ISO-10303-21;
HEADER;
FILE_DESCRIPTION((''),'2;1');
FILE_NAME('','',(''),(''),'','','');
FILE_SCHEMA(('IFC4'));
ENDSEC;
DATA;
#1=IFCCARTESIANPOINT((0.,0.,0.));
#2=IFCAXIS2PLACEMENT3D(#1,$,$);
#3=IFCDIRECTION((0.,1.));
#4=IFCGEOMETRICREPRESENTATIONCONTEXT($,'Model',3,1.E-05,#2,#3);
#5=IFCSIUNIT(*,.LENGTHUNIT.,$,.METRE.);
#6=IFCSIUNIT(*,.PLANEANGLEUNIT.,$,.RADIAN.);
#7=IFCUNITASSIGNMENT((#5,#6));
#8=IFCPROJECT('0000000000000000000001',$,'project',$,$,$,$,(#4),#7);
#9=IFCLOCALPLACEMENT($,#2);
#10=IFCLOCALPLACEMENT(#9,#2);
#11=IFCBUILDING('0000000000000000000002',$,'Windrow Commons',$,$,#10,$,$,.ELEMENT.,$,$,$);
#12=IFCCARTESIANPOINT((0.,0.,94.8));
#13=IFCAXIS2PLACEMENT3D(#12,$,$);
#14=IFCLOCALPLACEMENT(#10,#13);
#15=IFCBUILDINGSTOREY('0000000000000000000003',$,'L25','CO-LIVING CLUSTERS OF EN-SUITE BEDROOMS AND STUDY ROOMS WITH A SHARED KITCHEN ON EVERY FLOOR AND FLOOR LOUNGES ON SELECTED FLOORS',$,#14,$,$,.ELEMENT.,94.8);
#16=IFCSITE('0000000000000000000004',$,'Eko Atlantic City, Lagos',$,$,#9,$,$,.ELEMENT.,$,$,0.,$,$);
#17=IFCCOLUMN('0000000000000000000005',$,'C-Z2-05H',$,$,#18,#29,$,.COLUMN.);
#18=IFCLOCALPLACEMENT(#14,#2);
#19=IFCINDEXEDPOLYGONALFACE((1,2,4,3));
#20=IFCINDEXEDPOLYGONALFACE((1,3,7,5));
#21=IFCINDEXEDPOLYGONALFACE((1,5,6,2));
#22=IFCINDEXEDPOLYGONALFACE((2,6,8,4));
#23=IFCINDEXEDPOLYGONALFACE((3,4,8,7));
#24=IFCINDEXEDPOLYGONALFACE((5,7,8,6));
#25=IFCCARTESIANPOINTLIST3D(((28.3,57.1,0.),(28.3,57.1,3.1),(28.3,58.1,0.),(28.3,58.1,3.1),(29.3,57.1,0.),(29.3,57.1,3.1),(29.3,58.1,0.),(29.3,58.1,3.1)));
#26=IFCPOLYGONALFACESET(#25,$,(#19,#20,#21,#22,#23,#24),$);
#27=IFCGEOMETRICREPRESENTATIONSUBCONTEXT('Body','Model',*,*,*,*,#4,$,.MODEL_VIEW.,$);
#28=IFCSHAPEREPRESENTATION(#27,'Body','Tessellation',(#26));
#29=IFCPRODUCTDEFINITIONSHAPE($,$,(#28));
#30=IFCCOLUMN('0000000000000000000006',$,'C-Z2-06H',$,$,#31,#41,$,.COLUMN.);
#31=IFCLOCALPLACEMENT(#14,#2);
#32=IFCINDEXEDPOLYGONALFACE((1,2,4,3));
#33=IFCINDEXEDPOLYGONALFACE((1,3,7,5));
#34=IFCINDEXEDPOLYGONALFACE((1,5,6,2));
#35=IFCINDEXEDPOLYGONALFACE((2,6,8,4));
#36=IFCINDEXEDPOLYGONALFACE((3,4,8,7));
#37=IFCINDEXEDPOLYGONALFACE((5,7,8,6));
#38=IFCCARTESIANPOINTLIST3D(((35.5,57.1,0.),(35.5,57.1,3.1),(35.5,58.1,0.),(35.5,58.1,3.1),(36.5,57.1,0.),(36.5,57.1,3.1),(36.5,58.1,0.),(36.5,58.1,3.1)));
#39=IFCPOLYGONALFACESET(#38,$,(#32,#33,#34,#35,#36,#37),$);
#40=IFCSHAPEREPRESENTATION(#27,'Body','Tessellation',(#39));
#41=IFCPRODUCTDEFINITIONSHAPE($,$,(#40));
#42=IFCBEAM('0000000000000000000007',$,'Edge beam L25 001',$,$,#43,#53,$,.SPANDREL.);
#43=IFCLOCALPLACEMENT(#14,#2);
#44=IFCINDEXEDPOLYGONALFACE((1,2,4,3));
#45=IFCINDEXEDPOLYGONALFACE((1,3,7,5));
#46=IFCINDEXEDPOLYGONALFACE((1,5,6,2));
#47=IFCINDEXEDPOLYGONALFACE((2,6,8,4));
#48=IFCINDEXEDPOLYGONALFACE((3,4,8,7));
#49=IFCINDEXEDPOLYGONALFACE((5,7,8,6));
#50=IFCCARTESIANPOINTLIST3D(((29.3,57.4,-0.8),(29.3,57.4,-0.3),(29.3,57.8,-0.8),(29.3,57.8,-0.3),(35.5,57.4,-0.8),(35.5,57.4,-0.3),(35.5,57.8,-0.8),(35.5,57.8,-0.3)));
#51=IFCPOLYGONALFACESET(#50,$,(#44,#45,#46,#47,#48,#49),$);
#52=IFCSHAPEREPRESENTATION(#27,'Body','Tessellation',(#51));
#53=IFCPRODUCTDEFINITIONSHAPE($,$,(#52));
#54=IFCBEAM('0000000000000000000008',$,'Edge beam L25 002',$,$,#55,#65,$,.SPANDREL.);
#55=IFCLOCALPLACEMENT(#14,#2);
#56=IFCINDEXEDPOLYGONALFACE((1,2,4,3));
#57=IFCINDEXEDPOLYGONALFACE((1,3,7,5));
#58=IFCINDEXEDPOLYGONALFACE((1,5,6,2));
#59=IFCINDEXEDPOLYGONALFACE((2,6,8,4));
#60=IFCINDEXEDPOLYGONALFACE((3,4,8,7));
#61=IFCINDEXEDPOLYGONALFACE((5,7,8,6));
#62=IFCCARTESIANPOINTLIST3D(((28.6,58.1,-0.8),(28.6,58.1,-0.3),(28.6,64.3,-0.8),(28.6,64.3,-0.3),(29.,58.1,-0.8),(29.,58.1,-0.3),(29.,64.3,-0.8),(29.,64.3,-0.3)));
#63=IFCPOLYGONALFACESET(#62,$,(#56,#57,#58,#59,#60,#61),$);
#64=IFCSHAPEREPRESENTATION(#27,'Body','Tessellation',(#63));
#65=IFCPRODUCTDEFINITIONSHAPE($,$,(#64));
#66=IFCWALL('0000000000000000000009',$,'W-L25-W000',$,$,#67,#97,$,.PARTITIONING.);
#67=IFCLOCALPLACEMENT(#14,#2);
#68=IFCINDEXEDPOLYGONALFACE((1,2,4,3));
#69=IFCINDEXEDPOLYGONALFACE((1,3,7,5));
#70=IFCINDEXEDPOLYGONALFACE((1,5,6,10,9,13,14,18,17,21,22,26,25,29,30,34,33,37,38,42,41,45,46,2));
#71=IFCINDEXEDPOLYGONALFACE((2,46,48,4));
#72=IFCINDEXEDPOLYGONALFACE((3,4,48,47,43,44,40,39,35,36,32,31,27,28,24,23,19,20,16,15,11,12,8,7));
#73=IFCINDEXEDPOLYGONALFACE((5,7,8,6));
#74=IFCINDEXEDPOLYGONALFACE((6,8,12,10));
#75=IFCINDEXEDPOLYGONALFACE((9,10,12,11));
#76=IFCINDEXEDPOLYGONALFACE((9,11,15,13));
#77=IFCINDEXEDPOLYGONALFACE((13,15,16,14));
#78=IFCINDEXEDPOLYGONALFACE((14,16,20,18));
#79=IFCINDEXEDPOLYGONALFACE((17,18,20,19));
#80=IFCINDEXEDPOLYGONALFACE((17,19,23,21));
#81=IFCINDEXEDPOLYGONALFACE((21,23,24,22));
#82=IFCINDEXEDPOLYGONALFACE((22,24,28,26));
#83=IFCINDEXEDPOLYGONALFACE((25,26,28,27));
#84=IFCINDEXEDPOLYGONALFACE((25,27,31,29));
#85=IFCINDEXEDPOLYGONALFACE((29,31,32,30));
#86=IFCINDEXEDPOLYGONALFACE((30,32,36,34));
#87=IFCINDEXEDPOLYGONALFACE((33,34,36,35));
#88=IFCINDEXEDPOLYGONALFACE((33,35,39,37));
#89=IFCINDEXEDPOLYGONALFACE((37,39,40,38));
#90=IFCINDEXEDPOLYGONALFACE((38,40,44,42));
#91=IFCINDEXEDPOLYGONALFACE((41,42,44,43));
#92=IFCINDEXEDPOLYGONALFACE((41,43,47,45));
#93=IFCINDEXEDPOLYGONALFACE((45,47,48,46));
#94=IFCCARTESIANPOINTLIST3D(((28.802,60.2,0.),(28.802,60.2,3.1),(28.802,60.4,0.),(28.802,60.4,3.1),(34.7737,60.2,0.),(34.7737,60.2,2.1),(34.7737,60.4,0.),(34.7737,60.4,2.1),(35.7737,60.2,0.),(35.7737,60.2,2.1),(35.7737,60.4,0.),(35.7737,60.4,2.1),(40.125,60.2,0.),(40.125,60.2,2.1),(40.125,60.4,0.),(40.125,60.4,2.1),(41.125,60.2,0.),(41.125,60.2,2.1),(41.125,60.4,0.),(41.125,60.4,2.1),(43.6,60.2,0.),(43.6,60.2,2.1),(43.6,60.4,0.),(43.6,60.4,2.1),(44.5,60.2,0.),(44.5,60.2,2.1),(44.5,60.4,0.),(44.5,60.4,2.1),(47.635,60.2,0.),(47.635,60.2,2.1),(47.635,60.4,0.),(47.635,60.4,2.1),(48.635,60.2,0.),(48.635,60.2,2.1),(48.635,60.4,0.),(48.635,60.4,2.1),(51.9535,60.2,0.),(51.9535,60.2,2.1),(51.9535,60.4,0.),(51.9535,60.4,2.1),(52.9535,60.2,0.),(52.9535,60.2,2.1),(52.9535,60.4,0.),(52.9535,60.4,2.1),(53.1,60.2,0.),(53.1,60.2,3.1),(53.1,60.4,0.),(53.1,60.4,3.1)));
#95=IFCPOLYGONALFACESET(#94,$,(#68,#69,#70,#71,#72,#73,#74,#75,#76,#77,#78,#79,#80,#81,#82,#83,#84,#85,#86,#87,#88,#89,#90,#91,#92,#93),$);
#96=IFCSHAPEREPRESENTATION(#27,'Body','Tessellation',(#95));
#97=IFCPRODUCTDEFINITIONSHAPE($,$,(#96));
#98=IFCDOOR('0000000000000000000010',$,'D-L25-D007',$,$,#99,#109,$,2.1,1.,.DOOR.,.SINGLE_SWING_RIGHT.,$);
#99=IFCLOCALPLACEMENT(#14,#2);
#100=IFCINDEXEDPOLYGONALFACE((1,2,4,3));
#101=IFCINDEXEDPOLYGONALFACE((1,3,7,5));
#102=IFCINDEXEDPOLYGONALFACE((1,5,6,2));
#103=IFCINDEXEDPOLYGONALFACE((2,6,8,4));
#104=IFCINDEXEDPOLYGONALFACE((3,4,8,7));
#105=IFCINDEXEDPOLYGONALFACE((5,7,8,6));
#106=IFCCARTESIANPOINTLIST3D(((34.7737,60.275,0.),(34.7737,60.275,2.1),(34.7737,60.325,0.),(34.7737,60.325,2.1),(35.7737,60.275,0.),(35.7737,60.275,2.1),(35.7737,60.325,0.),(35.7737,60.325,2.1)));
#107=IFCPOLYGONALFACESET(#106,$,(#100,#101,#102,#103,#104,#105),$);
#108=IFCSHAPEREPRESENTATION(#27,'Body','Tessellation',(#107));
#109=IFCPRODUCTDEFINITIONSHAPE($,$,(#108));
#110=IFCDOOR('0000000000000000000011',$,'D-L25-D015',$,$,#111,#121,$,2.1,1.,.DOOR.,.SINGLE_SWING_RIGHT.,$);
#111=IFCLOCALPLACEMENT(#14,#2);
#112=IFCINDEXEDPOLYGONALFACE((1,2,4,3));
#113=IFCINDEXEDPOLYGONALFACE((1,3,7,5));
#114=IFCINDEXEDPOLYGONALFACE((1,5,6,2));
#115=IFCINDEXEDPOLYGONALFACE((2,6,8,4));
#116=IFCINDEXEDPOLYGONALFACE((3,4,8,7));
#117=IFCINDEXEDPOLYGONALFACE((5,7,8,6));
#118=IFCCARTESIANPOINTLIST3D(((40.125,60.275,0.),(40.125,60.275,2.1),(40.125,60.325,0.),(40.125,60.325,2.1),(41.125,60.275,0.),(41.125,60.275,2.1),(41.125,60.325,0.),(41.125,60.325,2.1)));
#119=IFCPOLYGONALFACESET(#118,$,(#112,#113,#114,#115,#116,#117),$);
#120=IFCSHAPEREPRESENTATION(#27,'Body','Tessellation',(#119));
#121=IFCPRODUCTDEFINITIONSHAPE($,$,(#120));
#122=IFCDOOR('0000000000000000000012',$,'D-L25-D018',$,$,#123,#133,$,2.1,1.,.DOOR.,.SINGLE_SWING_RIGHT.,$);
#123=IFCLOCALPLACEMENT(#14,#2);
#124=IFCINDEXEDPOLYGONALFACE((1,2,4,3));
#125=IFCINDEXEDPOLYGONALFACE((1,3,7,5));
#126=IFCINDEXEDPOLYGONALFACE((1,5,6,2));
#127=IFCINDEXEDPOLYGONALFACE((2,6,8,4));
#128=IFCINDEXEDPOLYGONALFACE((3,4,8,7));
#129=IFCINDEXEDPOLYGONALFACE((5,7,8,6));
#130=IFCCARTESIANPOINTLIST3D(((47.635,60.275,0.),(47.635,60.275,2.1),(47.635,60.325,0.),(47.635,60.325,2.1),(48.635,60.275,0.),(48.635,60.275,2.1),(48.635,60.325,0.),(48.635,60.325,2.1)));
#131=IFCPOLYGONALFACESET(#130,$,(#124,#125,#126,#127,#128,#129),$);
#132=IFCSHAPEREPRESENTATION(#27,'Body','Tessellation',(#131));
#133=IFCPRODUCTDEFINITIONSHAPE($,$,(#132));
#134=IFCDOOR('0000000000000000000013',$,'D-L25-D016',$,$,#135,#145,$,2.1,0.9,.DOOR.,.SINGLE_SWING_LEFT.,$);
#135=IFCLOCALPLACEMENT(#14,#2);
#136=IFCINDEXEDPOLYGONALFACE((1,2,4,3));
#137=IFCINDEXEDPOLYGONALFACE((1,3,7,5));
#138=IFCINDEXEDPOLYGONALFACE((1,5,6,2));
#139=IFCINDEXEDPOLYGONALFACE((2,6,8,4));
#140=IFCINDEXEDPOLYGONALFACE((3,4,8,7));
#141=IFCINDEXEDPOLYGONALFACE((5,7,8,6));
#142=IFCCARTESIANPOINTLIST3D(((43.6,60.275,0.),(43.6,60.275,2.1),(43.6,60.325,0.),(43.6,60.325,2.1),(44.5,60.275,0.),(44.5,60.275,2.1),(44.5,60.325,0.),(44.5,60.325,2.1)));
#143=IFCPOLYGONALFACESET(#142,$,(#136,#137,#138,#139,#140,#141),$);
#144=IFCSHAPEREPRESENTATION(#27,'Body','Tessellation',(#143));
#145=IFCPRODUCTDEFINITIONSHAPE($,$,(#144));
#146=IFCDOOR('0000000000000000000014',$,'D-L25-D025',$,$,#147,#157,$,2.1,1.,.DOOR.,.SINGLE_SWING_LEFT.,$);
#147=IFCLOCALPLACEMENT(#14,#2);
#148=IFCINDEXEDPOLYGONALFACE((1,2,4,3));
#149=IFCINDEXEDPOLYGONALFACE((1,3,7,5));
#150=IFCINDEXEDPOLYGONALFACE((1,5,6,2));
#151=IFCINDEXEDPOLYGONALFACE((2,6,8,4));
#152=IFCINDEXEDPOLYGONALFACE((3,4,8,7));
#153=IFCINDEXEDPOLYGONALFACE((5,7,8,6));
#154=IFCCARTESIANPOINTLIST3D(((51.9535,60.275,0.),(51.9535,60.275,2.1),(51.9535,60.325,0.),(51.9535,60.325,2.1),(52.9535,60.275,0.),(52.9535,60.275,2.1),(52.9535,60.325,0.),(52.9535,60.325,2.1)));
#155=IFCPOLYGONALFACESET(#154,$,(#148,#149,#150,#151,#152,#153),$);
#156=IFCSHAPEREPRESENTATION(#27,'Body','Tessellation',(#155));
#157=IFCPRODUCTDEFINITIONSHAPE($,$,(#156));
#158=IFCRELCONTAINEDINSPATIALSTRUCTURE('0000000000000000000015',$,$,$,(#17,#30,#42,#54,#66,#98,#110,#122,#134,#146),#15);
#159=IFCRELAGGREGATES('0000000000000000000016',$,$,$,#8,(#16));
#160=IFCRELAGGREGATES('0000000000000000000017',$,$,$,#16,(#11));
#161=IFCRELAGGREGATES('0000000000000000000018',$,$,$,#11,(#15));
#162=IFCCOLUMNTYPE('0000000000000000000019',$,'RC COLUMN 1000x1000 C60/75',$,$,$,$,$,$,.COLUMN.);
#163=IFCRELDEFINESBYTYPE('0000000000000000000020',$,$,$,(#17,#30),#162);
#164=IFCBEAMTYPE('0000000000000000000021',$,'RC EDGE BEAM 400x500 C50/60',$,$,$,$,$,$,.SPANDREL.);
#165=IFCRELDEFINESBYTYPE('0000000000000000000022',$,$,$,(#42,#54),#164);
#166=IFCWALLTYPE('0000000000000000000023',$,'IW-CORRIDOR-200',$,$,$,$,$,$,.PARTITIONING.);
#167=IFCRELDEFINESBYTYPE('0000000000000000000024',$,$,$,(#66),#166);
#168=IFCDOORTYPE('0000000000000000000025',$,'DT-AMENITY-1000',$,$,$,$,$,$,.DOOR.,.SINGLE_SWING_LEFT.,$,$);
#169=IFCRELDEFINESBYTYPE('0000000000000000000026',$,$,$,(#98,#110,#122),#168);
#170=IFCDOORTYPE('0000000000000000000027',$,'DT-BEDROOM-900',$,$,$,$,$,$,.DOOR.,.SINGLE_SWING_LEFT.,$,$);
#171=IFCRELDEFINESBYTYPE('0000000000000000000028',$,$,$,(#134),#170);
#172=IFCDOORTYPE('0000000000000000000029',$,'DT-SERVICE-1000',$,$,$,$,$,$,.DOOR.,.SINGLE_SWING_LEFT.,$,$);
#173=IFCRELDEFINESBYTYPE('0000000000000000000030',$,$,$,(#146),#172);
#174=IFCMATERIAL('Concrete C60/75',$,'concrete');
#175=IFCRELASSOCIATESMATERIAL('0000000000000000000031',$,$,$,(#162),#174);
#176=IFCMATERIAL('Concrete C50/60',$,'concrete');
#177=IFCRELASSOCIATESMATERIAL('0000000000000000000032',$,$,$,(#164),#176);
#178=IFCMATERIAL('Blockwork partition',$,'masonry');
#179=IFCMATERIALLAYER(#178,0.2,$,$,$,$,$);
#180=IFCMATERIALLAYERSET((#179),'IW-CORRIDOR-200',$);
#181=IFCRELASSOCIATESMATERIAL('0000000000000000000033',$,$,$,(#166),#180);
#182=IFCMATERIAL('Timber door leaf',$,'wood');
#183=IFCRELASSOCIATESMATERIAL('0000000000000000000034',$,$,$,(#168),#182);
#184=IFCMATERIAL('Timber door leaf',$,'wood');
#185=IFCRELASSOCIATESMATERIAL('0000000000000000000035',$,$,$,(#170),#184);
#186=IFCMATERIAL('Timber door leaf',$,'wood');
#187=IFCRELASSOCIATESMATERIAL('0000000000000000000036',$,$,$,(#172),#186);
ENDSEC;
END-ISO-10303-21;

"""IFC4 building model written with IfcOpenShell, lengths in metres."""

from ifc_helpers import new_model, si_unit, direction, frame, frame_2d, origin, origin_2d, place, context, subcontext, project, spatial, rectangle, extrude, material, layer, layer_set, material_profile, profile_set, type_object, element, fill, save


model = new_model("IFC4")

# Units and contexts
model_context = context("Model", 3, precision=1e-05, world=origin(), true_north=direction((0.0, 1.0)))
body_context = subcontext(model_context, "Body", "Model", "MODEL_VIEW")
ifc_project = project(units=[si_unit("LENGTHUNIT", "METRE"), si_unit("PLANEANGLEUNIT", "RADIAN")], contexts=[model_context])

# Site, building, storey
site_placement = place(None, origin())
site = spatial("IfcSite", under=ifc_project, at=site_placement, Name="Eko Atlantic City, Lagos", CompositionType="ELEMENT", RefElevation=0.0)
building_placement = place(site_placement, origin())
building = spatial("IfcBuilding", under=site, at=building_placement, Name="Windrow Commons", CompositionType="ELEMENT")
storey_placement = place(building_placement, frame((0.0, 0.0, 94.8)))
storey = spatial("IfcBuildingStorey", under=building, at=storey_placement, Name="L25", Description="CO-LIVING CLUSTERS OF EN-SUITE BEDROOMS AND STUDY ROOMS WITH A SHARED KITCHEN ON EVERY FLOOR AND FLOOR LOUNGES ON SELECTED FLOORS", CompositionType="ELEMENT", Elevation=94.8)

# Columns
ifc_material_1 = material(Name="Concrete C60/75", Category="concrete")
ifc_material_profile_1 = material_profile(ifc_material_1, rectangle(XDim=1.0, YDim=1.0, at=origin_2d()))
ifc_profile_set_1 = profile_set([ifc_material_profile_1], Name="Concrete C60/75")
column_type = type_object("IfcColumnType", Name="RC COLUMN 1000x1000 C60/75", PredefinedType="COLUMN", material=ifc_profile_set_1)
for number, where, z_axis, x_axis, name in (
    (1, (28.8, 57.6, 0.0), (0.0, 0.0, 1.0), (1.0, 0.0, 0.0), "C-Z2-05H"),
    (2, (36.0, 57.6, 0.0), (0.0, 0.0, 1.0), (1.0, 0.0, 0.0), "C-Z2-06H"),
):
    element("IfcColumn", number, at=place(storey_placement, frame(where, z_axis=z_axis, x_axis=x_axis)), inside=storey, type_object=column_type, Name=name, PredefinedType="COLUMN", context=body_context, shape_type="SweptSolid", body=[
        extrude(rectangle(XDim=1.0, YDim=1.0, at=origin_2d()), origin(), (0.0, 0.0, 1.0), 3.1),
    ])

# Beams
ifc_material_2 = material(Name="Concrete C50/60", Category="concrete")
ifc_material_profile_2 = material_profile(ifc_material_2, rectangle(XDim=0.4, YDim=0.5, at=origin_2d()))
ifc_profile_set_2 = profile_set([ifc_material_profile_2], Name="Concrete C50/60")
beam_type = type_object("IfcBeamType", Name="RC EDGE BEAM 400x500 C50/60", PredefinedType="SPANDREL", material=ifc_profile_set_2)
for number, where, z_axis, x_axis, name in (
    (3, (35.5, 57.6, -0.55), (-1.0, 0.0, 0.0), (0.0, -1.0, 0.0), "Edge beam L25 001"),
    (4, (28.8, 58.1, -0.55), (0.0, 1.0, 0.0), (-1.0, 0.0, 0.0), "Edge beam L25 002"),
):
    element("IfcBeam", number, at=place(storey_placement, frame(where, z_axis=z_axis, x_axis=x_axis)), inside=storey, type_object=beam_type, Name=name, PredefinedType="SPANDREL", context=body_context, shape_type="SweptSolid", body=[
        extrude(rectangle(XDim=0.4, YDim=0.5, at=origin_2d()), origin(), (0.0, 0.0, 1.0), 6.2),
    ])

# Wall, openings, doors
ifc_material_3 = material(Name="Blockwork partition", Category="masonry")
ifc_layer_1 = layer(ifc_material_3, 0.2)
ifc_layer_set_1 = layer_set([ifc_layer_1], Name="IW-CORRIDOR-200")
wall_type_1 = type_object("IfcWallType", Name="IW-CORRIDOR-200", PredefinedType="PARTITIONING", material=ifc_layer_set_1)
wall_1_placement = place(storey_placement, frame((28.802, 60.3, 0.0), z_axis=(0.0, 0.0, 1.0), x_axis=(1.0, 0.0, 0.0)))
wall_1 = element("IfcWall", 5, at=wall_1_placement, inside=storey, type_object=wall_type_1, Name="W-L25-W000", PredefinedType="PARTITIONING", context=body_context, shape_type="SweptSolid", body=[
    extrude(rectangle(XDim=24.298, YDim=0.2, at=frame_2d((12.149, 0.0))), origin(), (0.0, 0.0, 1.0), 3.1),
])
opening_1_placement = place(wall_1_placement, frame((5.9717, 0.0, 0.0)))
opening_1 = element("IfcOpeningElement", 6, at=opening_1_placement, cuts=wall_1, PredefinedType="OPENING", context=body_context, shape_type="SweptSolid", body=[
    extrude(rectangle(XDim=1.0, YDim=2.1, at=frame_2d((0.5, 1.05))), frame((0.0, 0.11, 0.0), z_axis=(0.0, -1.0, 0.0), x_axis=(1.0, 0.0, 0.0)), (0.0, 0.0, 1.0), 0.22),
])
opening_2_placement = place(wall_1_placement, frame((11.323, 0.0, 0.0)))
opening_2 = element("IfcOpeningElement", 7, at=opening_2_placement, cuts=wall_1, PredefinedType="OPENING", context=body_context, shape_type="SweptSolid", body=[
    extrude(rectangle(XDim=1.0, YDim=2.1, at=frame_2d((0.5, 1.05))), frame((0.0, 0.11, 0.0), z_axis=(0.0, -1.0, 0.0), x_axis=(1.0, 0.0, 0.0)), (0.0, 0.0, 1.0), 0.22),
])
opening_3_placement = place(wall_1_placement, frame((14.798, 0.0, 0.0)))
opening_3 = element("IfcOpeningElement", 8, at=opening_3_placement, cuts=wall_1, PredefinedType="OPENING", context=body_context, shape_type="SweptSolid", body=[
    extrude(rectangle(XDim=0.9, YDim=2.1, at=frame_2d((0.45, 1.05))), frame((0.0, 0.11, 0.0), z_axis=(0.0, -1.0, 0.0), x_axis=(1.0, 0.0, 0.0)), (0.0, 0.0, 1.0), 0.22),
])
opening_4_placement = place(wall_1_placement, frame((18.833, 0.0, 0.0)))
opening_4 = element("IfcOpeningElement", 9, at=opening_4_placement, cuts=wall_1, PredefinedType="OPENING", context=body_context, shape_type="SweptSolid", body=[
    extrude(rectangle(XDim=1.0, YDim=2.1, at=frame_2d((0.5, 1.05))), frame((0.0, 0.11, 0.0), z_axis=(0.0, -1.0, 0.0), x_axis=(1.0, 0.0, 0.0)), (0.0, 0.0, 1.0), 0.22),
])
opening_5_placement = place(wall_1_placement, frame((23.1515, 0.0, 0.0)))
opening_5 = element("IfcOpeningElement", 10, at=opening_5_placement, cuts=wall_1, PredefinedType="OPENING", context=body_context, shape_type="SweptSolid", body=[
    extrude(rectangle(XDim=1.0, YDim=2.1, at=frame_2d((0.5, 1.05))), frame((0.0, 0.11, 0.0), z_axis=(0.0, -1.0, 0.0), x_axis=(1.0, 0.0, 0.0)), (0.0, 0.0, 1.0), 0.22),
])
ifc_material_4 = material(Name="Timber door leaf", Category="wood")
door_type_1 = type_object("IfcDoorType", Name="DT-AMENITY-1000", OperationType="SINGLE_SWING_LEFT", PredefinedType="DOOR", material=ifc_material_4)
door_1_placement = place(opening_1_placement, origin())
door_1 = element("IfcDoor", 11, at=door_1_placement, inside=storey, type_object=door_type_1, Name="D-L25-D007", OperationType="SINGLE_SWING_RIGHT", OverallHeight=2.1, OverallWidth=1.0, PredefinedType="DOOR", context=body_context, shape_type="SweptSolid", body=[
    extrude(rectangle(XDim=1.0, YDim=2.1, at=frame_2d((0.5, 1.05))), frame((0.0, 0.025, 0.0), z_axis=(0.0, -1.0, 0.0), x_axis=(1.0, 0.0, 0.0)), (0.0, 0.0, 1.0), 0.05),
])
fill(opening_1, door_1)
door_2_placement = place(opening_2_placement, origin())
door_2 = element("IfcDoor", 12, at=door_2_placement, inside=storey, type_object=door_type_1, Name="D-L25-D015", OperationType="SINGLE_SWING_RIGHT", OverallHeight=2.1, OverallWidth=1.0, PredefinedType="DOOR", context=body_context, shape_type="SweptSolid", body=[
    extrude(rectangle(XDim=1.0, YDim=2.1, at=frame_2d((0.5, 1.05))), frame((0.0, 0.025, 0.0), z_axis=(0.0, -1.0, 0.0), x_axis=(1.0, 0.0, 0.0)), (0.0, 0.0, 1.0), 0.05),
])
fill(opening_2, door_2)
door_3_placement = place(opening_4_placement, origin())
door_3 = element("IfcDoor", 13, at=door_3_placement, inside=storey, type_object=door_type_1, Name="D-L25-D018", OperationType="SINGLE_SWING_RIGHT", OverallHeight=2.1, OverallWidth=1.0, PredefinedType="DOOR", context=body_context, shape_type="SweptSolid", body=[
    extrude(rectangle(XDim=1.0, YDim=2.1, at=frame_2d((0.5, 1.05))), frame((0.0, 0.025, 0.0), z_axis=(0.0, -1.0, 0.0), x_axis=(1.0, 0.0, 0.0)), (0.0, 0.0, 1.0), 0.05),
])
fill(opening_4, door_3)
ifc_material_5 = material(Name="Timber door leaf", Category="wood")
door_type_2 = type_object("IfcDoorType", Name="DT-BEDROOM-900", OperationType="SINGLE_SWING_LEFT", PredefinedType="DOOR", material=ifc_material_5)
door_4_placement = place(opening_3_placement, origin())
door_4 = element("IfcDoor", 14, at=door_4_placement, inside=storey, type_object=door_type_2, Name="D-L25-D016", OperationType="SINGLE_SWING_LEFT", OverallHeight=2.1, OverallWidth=0.9, PredefinedType="DOOR", context=body_context, shape_type="SweptSolid", body=[
    extrude(rectangle(XDim=0.9, YDim=2.1, at=frame_2d((0.45, 1.05))), frame((0.0, 0.025, 0.0), z_axis=(0.0, -1.0, 0.0), x_axis=(1.0, 0.0, 0.0)), (0.0, 0.0, 1.0), 0.05),
])
fill(opening_3, door_4)
ifc_material_6 = material(Name="Timber door leaf", Category="wood")
door_type_3 = type_object("IfcDoorType", Name="DT-SERVICE-1000", OperationType="SINGLE_SWING_LEFT", PredefinedType="DOOR", material=ifc_material_6)
door_5_placement = place(opening_5_placement, origin())
door_5 = element("IfcDoor", 15, at=door_5_placement, inside=storey, type_object=door_type_3, Name="D-L25-D025", OperationType="SINGLE_SWING_LEFT", OverallHeight=2.1, OverallWidth=1.0, PredefinedType="DOOR", context=body_context, shape_type="SweptSolid", body=[
    extrude(rectangle(XDim=1.0, YDim=2.1, at=frame_2d((0.5, 1.05))), frame((0.0, 0.025, 0.0), z_axis=(0.0, -1.0, 0.0), x_axis=(1.0, 0.0, 0.0)), (0.0, 0.0, 1.0), 0.05),
])
fill(opening_5, door_5)

save(model, "model.ifc")
